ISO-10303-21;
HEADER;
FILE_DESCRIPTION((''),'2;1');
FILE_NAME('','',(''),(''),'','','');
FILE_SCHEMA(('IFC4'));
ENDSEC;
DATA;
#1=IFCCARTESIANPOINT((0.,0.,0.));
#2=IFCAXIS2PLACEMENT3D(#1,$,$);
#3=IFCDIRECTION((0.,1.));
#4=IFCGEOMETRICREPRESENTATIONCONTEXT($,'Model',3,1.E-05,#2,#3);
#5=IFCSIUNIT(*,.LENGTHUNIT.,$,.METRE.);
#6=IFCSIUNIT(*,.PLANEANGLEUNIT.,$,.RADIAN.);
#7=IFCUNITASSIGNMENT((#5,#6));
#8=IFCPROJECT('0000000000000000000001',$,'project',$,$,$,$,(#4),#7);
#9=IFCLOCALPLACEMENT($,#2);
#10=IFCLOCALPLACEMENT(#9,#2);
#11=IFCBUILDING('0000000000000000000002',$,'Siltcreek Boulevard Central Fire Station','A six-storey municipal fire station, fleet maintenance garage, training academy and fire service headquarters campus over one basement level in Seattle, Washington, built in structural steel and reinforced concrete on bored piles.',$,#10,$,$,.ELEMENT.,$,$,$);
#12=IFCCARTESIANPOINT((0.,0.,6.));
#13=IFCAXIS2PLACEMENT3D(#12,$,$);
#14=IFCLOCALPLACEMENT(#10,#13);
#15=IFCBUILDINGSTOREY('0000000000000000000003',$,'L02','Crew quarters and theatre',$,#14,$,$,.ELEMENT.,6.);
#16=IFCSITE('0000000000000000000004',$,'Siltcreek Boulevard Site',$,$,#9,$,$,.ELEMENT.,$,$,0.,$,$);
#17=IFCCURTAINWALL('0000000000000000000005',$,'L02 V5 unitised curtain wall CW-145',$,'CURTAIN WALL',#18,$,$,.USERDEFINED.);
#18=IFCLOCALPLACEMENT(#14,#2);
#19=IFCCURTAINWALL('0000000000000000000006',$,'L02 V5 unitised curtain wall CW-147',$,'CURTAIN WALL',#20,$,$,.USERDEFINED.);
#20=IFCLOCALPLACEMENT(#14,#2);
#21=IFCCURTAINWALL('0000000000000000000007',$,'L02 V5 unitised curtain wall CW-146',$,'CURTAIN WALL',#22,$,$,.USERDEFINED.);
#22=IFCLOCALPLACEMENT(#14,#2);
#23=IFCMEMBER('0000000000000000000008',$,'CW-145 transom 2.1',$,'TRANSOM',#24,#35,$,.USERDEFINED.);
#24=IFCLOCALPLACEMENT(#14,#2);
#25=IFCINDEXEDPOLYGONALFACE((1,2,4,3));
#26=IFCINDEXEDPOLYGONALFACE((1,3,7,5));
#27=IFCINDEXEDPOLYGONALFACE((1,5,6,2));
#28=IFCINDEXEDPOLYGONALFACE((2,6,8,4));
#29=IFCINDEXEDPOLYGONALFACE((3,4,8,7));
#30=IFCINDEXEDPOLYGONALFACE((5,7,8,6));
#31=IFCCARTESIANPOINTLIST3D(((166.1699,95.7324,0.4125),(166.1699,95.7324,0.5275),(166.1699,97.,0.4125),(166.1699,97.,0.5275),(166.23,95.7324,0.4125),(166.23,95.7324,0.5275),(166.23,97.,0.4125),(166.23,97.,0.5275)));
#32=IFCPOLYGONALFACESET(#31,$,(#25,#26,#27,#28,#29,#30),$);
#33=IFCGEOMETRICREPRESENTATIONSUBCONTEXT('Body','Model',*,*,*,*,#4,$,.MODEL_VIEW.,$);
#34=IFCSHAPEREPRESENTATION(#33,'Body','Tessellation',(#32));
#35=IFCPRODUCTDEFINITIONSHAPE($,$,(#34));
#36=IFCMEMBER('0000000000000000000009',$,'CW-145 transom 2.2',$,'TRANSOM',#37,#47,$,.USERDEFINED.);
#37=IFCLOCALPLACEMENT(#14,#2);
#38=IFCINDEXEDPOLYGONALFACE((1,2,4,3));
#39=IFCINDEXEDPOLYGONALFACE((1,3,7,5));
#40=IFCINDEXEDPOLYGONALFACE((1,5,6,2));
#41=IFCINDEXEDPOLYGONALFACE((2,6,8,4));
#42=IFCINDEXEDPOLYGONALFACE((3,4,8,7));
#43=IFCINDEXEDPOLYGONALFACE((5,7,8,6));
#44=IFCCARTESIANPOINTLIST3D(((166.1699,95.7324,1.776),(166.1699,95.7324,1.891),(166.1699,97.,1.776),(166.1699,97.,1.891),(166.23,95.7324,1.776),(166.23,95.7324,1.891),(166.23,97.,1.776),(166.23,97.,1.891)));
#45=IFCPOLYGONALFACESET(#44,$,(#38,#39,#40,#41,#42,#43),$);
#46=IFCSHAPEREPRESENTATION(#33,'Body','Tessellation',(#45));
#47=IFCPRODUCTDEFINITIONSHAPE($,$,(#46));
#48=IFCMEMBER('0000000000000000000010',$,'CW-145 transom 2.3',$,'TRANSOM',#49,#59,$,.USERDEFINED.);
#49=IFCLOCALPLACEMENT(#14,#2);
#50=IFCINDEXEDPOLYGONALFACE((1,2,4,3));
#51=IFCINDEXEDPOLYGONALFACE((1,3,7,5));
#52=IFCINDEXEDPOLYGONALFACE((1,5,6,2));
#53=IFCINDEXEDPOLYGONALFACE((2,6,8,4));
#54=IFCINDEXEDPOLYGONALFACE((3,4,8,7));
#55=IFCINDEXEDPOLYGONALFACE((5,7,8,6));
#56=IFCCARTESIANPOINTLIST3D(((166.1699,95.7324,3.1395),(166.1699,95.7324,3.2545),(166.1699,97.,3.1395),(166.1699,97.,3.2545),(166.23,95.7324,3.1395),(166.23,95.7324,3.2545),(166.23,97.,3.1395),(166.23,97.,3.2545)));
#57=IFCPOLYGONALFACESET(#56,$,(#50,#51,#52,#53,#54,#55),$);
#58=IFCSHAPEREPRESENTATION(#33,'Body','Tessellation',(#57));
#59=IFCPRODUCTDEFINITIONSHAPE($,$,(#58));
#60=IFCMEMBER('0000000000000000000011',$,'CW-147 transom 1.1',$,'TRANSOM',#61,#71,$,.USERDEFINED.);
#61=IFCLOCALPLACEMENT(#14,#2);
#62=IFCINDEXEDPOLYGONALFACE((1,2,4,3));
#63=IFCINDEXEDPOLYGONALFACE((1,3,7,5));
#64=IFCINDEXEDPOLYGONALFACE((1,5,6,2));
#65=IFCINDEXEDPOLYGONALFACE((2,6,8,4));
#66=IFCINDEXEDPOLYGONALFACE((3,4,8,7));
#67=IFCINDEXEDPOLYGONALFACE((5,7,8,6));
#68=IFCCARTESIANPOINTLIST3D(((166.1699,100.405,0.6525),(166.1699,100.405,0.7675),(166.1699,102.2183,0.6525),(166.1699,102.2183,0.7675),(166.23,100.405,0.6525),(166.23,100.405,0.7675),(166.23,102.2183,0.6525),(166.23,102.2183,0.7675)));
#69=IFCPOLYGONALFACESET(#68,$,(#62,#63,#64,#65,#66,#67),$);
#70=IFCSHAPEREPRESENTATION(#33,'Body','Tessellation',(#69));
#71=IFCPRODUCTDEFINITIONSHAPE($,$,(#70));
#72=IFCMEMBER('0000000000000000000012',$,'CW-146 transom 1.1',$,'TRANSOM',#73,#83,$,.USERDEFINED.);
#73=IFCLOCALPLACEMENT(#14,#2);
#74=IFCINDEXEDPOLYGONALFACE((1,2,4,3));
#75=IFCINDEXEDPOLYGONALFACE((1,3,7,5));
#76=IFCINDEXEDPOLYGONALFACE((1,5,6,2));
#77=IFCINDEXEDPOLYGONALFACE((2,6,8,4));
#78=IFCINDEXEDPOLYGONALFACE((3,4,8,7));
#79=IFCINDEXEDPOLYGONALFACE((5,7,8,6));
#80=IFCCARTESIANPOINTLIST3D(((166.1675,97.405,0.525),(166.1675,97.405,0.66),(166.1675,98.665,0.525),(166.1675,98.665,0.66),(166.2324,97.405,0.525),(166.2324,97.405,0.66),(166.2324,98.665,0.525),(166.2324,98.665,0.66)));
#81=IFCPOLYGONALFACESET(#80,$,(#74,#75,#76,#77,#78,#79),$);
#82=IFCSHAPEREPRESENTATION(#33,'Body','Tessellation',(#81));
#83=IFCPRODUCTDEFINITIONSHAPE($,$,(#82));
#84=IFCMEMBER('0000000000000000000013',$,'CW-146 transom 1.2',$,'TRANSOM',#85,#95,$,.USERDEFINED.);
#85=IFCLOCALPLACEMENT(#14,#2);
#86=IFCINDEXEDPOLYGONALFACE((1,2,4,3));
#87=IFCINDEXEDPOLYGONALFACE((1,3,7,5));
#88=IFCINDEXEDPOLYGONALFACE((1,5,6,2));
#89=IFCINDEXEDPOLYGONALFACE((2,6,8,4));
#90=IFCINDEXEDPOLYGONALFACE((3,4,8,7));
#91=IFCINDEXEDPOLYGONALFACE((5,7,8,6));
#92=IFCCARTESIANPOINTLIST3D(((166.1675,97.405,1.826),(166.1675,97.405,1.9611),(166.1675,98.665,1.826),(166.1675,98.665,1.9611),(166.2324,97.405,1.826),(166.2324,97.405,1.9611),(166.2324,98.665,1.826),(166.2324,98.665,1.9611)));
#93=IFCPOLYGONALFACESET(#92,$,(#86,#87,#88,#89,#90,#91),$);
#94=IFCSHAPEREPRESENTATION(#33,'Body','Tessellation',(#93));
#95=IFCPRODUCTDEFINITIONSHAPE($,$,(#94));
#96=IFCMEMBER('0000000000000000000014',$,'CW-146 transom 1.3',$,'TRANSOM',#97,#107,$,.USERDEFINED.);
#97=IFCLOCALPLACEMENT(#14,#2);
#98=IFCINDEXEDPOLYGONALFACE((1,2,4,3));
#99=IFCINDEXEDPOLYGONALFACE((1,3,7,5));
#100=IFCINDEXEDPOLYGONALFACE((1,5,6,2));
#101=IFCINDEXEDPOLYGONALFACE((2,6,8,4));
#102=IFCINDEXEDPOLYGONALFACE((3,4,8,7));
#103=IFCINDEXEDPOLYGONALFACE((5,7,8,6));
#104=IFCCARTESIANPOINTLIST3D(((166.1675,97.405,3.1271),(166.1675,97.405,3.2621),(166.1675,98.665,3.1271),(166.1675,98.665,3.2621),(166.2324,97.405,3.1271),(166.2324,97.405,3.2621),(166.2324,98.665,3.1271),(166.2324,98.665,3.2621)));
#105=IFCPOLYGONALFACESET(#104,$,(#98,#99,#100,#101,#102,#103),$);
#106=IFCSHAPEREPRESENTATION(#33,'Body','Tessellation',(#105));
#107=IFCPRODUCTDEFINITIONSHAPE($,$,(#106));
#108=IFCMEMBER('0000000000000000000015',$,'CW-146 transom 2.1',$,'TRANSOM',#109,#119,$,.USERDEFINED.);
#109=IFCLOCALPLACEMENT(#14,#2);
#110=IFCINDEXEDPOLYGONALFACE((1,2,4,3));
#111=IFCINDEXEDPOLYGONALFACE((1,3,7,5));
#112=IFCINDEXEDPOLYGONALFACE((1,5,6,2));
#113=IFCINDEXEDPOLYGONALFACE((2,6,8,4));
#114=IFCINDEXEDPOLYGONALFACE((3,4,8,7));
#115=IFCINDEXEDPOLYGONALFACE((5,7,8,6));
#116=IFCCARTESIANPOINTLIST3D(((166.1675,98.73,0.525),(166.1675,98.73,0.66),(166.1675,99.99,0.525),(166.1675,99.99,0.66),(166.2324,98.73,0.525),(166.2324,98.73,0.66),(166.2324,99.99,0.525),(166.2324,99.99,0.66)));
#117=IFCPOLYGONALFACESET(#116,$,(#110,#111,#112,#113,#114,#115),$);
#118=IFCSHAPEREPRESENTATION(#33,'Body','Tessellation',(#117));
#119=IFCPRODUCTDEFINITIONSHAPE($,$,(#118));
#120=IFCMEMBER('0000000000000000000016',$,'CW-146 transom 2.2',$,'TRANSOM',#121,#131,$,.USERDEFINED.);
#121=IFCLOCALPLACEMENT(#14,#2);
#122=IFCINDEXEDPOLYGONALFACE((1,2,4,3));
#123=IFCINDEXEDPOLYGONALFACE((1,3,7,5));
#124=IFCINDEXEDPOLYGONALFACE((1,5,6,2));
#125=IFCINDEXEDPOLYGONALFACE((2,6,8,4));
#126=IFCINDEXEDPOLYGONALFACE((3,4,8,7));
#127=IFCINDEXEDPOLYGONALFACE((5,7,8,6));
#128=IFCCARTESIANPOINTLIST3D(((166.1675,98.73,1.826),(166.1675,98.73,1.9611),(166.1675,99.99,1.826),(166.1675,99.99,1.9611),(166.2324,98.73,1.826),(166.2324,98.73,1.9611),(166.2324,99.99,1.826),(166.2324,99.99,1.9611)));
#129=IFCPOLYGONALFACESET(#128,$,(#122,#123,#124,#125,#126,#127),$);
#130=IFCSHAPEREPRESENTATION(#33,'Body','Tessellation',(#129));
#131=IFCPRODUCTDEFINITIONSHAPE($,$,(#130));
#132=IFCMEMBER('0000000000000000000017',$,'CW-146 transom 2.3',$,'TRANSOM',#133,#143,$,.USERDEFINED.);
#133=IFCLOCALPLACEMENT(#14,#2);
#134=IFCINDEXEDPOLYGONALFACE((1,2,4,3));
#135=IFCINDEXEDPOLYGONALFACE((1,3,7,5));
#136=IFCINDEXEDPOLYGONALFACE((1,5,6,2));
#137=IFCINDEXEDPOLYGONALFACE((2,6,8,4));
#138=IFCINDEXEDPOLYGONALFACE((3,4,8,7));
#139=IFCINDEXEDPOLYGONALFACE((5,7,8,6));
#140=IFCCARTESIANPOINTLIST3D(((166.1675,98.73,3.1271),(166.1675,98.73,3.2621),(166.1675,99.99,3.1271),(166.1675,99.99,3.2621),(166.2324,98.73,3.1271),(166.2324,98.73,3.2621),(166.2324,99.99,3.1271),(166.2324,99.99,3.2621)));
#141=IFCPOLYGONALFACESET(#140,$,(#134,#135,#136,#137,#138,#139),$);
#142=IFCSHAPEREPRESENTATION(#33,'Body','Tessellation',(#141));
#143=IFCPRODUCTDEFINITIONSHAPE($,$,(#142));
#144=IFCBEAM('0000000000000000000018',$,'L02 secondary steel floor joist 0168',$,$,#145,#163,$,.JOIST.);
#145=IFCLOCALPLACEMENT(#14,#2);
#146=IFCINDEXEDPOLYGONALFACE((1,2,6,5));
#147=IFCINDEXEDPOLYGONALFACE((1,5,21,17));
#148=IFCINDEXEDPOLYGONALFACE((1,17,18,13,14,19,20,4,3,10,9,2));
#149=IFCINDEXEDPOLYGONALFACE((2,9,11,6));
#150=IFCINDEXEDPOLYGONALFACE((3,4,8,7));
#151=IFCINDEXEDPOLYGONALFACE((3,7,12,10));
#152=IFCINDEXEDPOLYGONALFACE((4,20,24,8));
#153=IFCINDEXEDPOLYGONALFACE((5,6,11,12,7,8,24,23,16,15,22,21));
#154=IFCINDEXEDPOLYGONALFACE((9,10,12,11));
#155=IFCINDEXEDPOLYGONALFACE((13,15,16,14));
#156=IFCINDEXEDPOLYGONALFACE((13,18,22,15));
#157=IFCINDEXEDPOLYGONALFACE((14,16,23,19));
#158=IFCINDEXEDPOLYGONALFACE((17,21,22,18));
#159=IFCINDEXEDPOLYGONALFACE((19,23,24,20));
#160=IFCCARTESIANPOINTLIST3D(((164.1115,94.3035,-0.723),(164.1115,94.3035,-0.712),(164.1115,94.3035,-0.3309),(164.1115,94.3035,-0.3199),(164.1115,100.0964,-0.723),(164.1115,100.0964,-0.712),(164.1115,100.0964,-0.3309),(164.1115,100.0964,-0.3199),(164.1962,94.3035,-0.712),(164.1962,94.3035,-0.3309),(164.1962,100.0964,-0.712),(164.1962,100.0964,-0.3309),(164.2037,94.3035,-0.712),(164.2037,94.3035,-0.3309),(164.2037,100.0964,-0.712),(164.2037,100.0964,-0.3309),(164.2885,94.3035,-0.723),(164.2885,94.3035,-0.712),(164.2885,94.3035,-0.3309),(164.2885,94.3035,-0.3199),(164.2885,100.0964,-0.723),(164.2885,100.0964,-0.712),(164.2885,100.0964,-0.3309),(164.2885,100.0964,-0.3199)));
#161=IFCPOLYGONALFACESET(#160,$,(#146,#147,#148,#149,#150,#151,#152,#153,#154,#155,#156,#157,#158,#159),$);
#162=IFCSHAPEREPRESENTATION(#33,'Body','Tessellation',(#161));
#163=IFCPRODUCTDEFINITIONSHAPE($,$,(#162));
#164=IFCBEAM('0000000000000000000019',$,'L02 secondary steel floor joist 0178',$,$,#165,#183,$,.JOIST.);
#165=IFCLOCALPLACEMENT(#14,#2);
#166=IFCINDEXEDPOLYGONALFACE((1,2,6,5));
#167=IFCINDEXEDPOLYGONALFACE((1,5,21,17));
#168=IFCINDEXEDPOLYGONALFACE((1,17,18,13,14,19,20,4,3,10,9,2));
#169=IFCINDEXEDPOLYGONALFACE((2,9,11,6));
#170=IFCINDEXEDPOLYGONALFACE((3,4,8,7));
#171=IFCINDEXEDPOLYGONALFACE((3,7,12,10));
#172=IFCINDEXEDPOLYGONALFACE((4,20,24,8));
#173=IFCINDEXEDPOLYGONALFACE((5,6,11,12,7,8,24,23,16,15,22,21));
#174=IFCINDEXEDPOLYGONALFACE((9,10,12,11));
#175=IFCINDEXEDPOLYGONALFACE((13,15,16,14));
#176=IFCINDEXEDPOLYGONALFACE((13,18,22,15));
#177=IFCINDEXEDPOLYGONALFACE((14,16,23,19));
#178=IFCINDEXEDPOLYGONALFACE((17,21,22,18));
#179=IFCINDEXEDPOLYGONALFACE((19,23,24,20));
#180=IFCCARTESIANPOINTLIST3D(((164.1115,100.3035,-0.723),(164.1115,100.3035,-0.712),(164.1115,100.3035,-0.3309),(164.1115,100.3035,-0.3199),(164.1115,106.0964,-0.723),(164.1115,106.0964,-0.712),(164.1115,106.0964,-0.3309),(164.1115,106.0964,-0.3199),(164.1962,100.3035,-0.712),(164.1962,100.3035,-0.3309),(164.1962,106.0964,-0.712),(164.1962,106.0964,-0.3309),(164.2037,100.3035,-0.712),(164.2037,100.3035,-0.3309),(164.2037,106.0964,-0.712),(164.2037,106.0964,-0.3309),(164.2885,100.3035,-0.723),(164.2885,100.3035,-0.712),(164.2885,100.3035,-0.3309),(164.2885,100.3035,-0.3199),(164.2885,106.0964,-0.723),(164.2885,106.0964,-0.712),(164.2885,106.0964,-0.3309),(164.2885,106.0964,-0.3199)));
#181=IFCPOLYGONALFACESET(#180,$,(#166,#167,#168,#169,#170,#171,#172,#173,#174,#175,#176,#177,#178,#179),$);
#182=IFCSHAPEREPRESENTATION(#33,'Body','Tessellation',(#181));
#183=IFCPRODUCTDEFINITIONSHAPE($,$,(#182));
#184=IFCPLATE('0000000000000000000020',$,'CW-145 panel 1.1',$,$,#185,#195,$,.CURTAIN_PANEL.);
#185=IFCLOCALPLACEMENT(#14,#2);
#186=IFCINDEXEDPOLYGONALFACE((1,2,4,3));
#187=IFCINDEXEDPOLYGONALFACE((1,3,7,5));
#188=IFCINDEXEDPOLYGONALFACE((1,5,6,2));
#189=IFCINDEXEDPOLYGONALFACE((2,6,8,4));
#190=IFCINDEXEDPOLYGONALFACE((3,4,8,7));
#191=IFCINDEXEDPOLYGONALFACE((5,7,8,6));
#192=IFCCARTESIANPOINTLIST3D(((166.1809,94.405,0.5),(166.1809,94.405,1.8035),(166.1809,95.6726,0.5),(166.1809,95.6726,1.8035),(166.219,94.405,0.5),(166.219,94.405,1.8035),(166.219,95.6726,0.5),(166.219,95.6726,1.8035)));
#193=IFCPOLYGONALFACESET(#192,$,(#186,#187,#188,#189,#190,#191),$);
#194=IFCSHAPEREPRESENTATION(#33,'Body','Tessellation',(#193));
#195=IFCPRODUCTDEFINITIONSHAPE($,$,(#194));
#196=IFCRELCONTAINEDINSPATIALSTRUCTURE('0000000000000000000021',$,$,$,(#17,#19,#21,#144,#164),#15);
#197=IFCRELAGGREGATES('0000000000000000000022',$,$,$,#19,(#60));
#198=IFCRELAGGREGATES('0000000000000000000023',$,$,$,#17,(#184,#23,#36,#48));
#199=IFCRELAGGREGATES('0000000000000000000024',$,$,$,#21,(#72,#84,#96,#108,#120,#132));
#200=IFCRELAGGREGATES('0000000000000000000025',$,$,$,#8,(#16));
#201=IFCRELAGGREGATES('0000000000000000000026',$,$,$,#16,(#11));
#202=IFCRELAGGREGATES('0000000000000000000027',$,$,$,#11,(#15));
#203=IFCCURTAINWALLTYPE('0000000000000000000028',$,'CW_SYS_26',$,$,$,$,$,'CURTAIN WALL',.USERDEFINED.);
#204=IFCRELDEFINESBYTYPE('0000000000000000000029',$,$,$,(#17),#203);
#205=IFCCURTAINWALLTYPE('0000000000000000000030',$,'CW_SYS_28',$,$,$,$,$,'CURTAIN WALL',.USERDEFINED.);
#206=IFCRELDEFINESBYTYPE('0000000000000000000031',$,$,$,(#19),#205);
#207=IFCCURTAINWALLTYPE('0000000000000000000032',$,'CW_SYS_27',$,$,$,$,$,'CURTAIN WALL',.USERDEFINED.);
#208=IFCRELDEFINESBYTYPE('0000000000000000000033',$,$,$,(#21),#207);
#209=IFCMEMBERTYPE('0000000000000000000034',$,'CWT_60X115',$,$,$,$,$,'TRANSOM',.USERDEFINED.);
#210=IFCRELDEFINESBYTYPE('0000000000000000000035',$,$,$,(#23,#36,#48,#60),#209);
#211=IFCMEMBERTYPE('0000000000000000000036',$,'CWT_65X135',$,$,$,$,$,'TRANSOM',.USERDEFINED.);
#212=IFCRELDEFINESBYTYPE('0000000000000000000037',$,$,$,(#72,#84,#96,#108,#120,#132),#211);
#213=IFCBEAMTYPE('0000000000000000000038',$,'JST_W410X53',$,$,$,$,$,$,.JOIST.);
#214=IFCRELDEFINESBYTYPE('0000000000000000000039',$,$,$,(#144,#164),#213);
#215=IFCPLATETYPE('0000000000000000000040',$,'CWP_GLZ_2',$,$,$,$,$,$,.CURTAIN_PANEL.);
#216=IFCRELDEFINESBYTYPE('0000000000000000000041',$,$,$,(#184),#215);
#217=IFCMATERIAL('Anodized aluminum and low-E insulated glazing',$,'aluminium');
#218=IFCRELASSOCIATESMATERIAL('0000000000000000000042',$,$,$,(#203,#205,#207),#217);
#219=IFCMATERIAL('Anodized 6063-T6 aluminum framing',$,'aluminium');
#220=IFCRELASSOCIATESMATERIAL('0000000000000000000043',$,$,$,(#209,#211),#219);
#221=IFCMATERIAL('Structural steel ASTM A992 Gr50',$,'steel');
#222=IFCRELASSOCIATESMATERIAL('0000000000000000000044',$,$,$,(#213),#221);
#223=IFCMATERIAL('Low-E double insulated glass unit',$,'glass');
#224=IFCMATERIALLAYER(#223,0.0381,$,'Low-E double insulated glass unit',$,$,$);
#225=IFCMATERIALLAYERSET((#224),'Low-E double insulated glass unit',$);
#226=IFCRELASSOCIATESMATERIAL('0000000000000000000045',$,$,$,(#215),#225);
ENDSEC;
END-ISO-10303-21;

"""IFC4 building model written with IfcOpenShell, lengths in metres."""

from ifc_helpers import new_model, si_unit, direction, frame, origin, origin_2d, place, context, subcontext, project, spatial, rectangle, i_section, extrude, material, layer, layer_set, material_profile, profile_set, type_object, element, aggregate, save


model = new_model("IFC4")

# Units and contexts
model_context = context("Model", 3, precision=1e-05, world=origin(), true_north=direction((0.0, 1.0)))
body_context = subcontext(model_context, "Body", "Model", "MODEL_VIEW")
ifc_project = project(units=[si_unit("LENGTHUNIT", "METRE"), si_unit("PLANEANGLEUNIT", "RADIAN")], contexts=[model_context])

# Site, building, storey
site_placement = place(None, origin())
site = spatial("IfcSite", under=ifc_project, at=site_placement, Name="Siltcreek Boulevard Site", CompositionType="ELEMENT", RefElevation=0.0)
building_placement = place(site_placement, origin())
building = spatial("IfcBuilding", under=site, at=building_placement, Name="Siltcreek Boulevard Central Fire Station", Description="A six-storey municipal fire station, fleet maintenance garage, training academy and fire service headquarters campus over one basement level in Seattle, Washington, built in structural steel and reinforced concrete on bored piles.", CompositionType="ELEMENT")
storey_placement = place(building_placement, frame((0.0, 0.0, 6.0)))
storey = spatial("IfcBuildingStorey", under=building, at=storey_placement, Name="L02", Description="Crew quarters and theatre", CompositionType="ELEMENT", Elevation=6.0)

# Shared definitions
ifc_material_1 = material(Name="Structural steel ASTM A992 Gr50", Category="steel")

# Curtain wall
ifc_material_2 = material(Name="Anodized aluminum and low-E insulated glazing", Category="aluminium")
curtain_wall_type_1 = type_object("IfcCurtainWallType", Name="CW_SYS_26", ElementType="CURTAIN WALL", PredefinedType="USERDEFINED", material=ifc_material_2)
curtain_wall_1_placement = place(storey_placement, origin())
curtain_wall_1 = element("IfcCurtainWall", 1, at=curtain_wall_1_placement, inside=storey, type_object=curtain_wall_type_1, Name="L02 V5 unitised curtain wall CW-145", ObjectType="CURTAIN WALL", PredefinedType="USERDEFINED")
ifc_material_3 = material(Name="Anodized 6063-T6 aluminum framing", Category="aluminium")

# Curtain wall
curtain_wall_type_2 = type_object("IfcCurtainWallType", Name="CW_SYS_28", ElementType="CURTAIN WALL", PredefinedType="USERDEFINED", material=ifc_material_2)
curtain_wall_2_placement = place(storey_placement, origin())
curtain_wall_2 = element("IfcCurtainWall", 2, at=curtain_wall_2_placement, inside=storey, type_object=curtain_wall_type_2, Name="L02 V5 unitised curtain wall CW-147", ObjectType="CURTAIN WALL", PredefinedType="USERDEFINED")

# Curtain wall
curtain_wall_type_3 = type_object("IfcCurtainWallType", Name="CW_SYS_27", ElementType="CURTAIN WALL", PredefinedType="USERDEFINED", material=ifc_material_2)
curtain_wall_3_placement = place(storey_placement, origin())
curtain_wall_3 = element("IfcCurtainWall", 3, at=curtain_wall_3_placement, inside=storey, type_object=curtain_wall_type_3, Name="L02 V5 unitised curtain wall CW-146", ObjectType="CURTAIN WALL", PredefinedType="USERDEFINED")

# Members
ifc_material_profile_1 = material_profile(ifc_material_3, rectangle(XDim=0.0601, YDim=0.115, at=origin_2d()), Name="TRAN60X115")
ifc_profile_set_1 = profile_set([ifc_material_profile_1], Name="Anodized 6063-T6 aluminum framing")
member_type_1 = type_object("IfcMemberType", Name="CWT_60X115", ElementType="TRANSOM", PredefinedType="USERDEFINED", material=ifc_profile_set_1)
member_1_placement = place(storey_placement, frame((166.2, 95.7324, 0.47), z_axis=(0.0, 1.0, 0.0), x_axis=(-1.0, 0.0, 0.0)))
member_1 = element("IfcMember", 4, at=member_1_placement, type_object=member_type_1, Name="CW-145 transom 2.1", ObjectType="TRANSOM", PredefinedType="USERDEFINED", context=body_context, shape_type="SweptSolid", body=[
    extrude(rectangle(XDim=0.0601, YDim=0.115, at=origin_2d()), origin(), (0.0, 0.0, 1.0), 1.2676),
])
member_2_placement = place(storey_placement, frame((166.2, 95.7324, 1.8335), z_axis=(0.0, 1.0, 0.0), x_axis=(-1.0, 0.0, 0.0)))
member_2 = element("IfcMember", 5, at=member_2_placement, type_object=member_type_1, Name="CW-145 transom 2.2", ObjectType="TRANSOM", PredefinedType="USERDEFINED", context=body_context, shape_type="SweptSolid", body=[
    extrude(rectangle(XDim=0.0601, YDim=0.115, at=origin_2d()), origin(), (0.0, 0.0, 1.0), 1.2676),
])
member_3_placement = place(storey_placement, frame((166.2, 95.7324, 3.197), z_axis=(0.0, 1.0, 0.0), x_axis=(-1.0, 0.0, 0.0)))
member_3 = element("IfcMember", 6, at=member_3_placement, type_object=member_type_1, Name="CW-145 transom 2.3", ObjectType="TRANSOM", PredefinedType="USERDEFINED", context=body_context, shape_type="SweptSolid", body=[
    extrude(rectangle(XDim=0.0601, YDim=0.115, at=origin_2d()), origin(), (0.0, 0.0, 1.0), 1.2676),
])
member_4_placement = place(storey_placement, frame((166.2, 100.405, 0.71), z_axis=(0.0, 1.0, 0.0), x_axis=(-1.0, 0.0, 0.0)))
member_4 = element("IfcMember", 7, at=member_4_placement, type_object=member_type_1, Name="CW-147 transom 1.1", ObjectType="TRANSOM", PredefinedType="USERDEFINED", context=body_context, shape_type="SweptSolid", body=[
    extrude(rectangle(XDim=0.0601, YDim=0.115, at=origin_2d()), origin(), (0.0, 0.0, 1.0), 1.8132),
])
aggregate(curtain_wall_2, [member_4])
ifc_material_profile_2 = material_profile(ifc_material_3, rectangle(XDim=0.0649, YDim=0.135, at=origin_2d()), Name="TRAN65X135")
ifc_profile_set_2 = profile_set([ifc_material_profile_2], Name="Anodized 6063-T6 aluminum framing")
member_type_2 = type_object("IfcMemberType", Name="CWT_65X135", ElementType="TRANSOM", PredefinedType="USERDEFINED", material=ifc_profile_set_2)
member_5_placement = place(storey_placement, frame((166.2, 97.405, 0.5925), z_axis=(0.0, 1.0, 0.0), x_axis=(-1.0, 0.0, 0.0)))
member_5 = element("IfcMember", 8, at=member_5_placement, type_object=member_type_2, Name="CW-146 transom 1.1", ObjectType="TRANSOM", PredefinedType="USERDEFINED", context=body_context, shape_type="SweptSolid", body=[
    extrude(rectangle(XDim=0.0649, YDim=0.135, at=origin_2d()), origin(), (0.0, 0.0, 1.0), 1.26),
])
member_6_placement = place(storey_placement, frame((166.2, 97.405, 1.8936), z_axis=(0.0, 1.0, 0.0), x_axis=(-1.0, 0.0, 0.0)))
member_6 = element("IfcMember", 9, at=member_6_placement, type_object=member_type_2, Name="CW-146 transom 1.2", ObjectType="TRANSOM", PredefinedType="USERDEFINED", context=body_context, shape_type="SweptSolid", body=[
    extrude(rectangle(XDim=0.0649, YDim=0.135, at=origin_2d()), origin(), (0.0, 0.0, 1.0), 1.26),
])
member_7_placement = place(storey_placement, frame((166.2, 97.405, 3.1946), z_axis=(0.0, 1.0, 0.0), x_axis=(-1.0, 0.0, 0.0)))
member_7 = element("IfcMember", 10, at=member_7_placement, type_object=member_type_2, Name="CW-146 transom 1.3", ObjectType="TRANSOM", PredefinedType="USERDEFINED", context=body_context, shape_type="SweptSolid", body=[
    extrude(rectangle(XDim=0.0649, YDim=0.135, at=origin_2d()), origin(), (0.0, 0.0, 1.0), 1.26),
])
member_8_placement = place(storey_placement, frame((166.2, 98.73, 0.5925), z_axis=(0.0, 1.0, 0.0), x_axis=(-1.0, 0.0, 0.0)))
member_8 = element("IfcMember", 11, at=member_8_placement, type_object=member_type_2, Name="CW-146 transom 2.1", ObjectType="TRANSOM", PredefinedType="USERDEFINED", context=body_context, shape_type="SweptSolid", body=[
    extrude(rectangle(XDim=0.0649, YDim=0.135, at=origin_2d()), origin(), (0.0, 0.0, 1.0), 1.26),
])
member_9_placement = place(storey_placement, frame((166.2, 98.73, 1.8936), z_axis=(0.0, 1.0, 0.0), x_axis=(-1.0, 0.0, 0.0)))
member_9 = element("IfcMember", 12, at=member_9_placement, type_object=member_type_2, Name="CW-146 transom 2.2", ObjectType="TRANSOM", PredefinedType="USERDEFINED", context=body_context, shape_type="SweptSolid", body=[
    extrude(rectangle(XDim=0.0649, YDim=0.135, at=origin_2d()), origin(), (0.0, 0.0, 1.0), 1.26),
])
member_10_placement = place(storey_placement, frame((166.2, 98.73, 3.1946), z_axis=(0.0, 1.0, 0.0), x_axis=(-1.0, 0.0, 0.0)))
member_10 = element("IfcMember", 13, at=member_10_placement, type_object=member_type_2, Name="CW-146 transom 2.3", ObjectType="TRANSOM", PredefinedType="USERDEFINED", context=body_context, shape_type="SweptSolid", body=[
    extrude(rectangle(XDim=0.0649, YDim=0.135, at=origin_2d()), origin(), (0.0, 0.0, 1.0), 1.26),
])

# Beams
ifc_material_profile_3 = material_profile(ifc_material_1, i_section(OverallWidth=0.177, OverallDepth=0.4031, WebThickness=0.0076, FlangeThickness=0.011, at=origin_2d()), Name="W410X53")
ifc_profile_set_3 = profile_set([ifc_material_profile_3], Name="Structural steel ASTM A992 Gr50")
beam_type_1 = type_object("IfcBeamType", Name="JST_W410X53", PredefinedType="JOIST", material=ifc_profile_set_3)
for number, where, z_axis, x_axis, name in (
    (14, (164.2, 94.3035, -0.5215), (0.0, 1.0, 0.0), (-1.0, 0.0, 0.0), "L02 secondary steel floor joist 0168"),
    (15, (164.2, 100.3035, -0.5215), (0.0, 1.0, 0.0), (-1.0, 0.0, 0.0), "L02 secondary steel floor joist 0178"),
):
    element("IfcBeam", number, at=place(storey_placement, frame(where, z_axis=z_axis, x_axis=x_axis)), inside=storey, type_object=beam_type_1, Name=name, PredefinedType="JOIST", context=body_context, shape_type="SweptSolid", body=[
        extrude(i_section(OverallWidth=0.177, OverallDepth=0.4031, WebThickness=0.0076, FlangeThickness=0.011, at=origin_2d()), origin(), (0.0, 0.0, 1.0), 5.793),
    ])

# Plate
ifc_material_4 = material(Name="Low-E double insulated glass unit", Category="glass")
ifc_layer_1 = layer(ifc_material_4, 0.0381, Name="Low-E double insulated glass unit")
ifc_layer_set_1 = layer_set([ifc_layer_1], Name="Low-E double insulated glass unit")
plate_type_1 = type_object("IfcPlateType", Name="CWP_GLZ_2", PredefinedType="CURTAIN_PANEL", material=ifc_layer_set_1)
plate_1_placement = place(storey_placement, frame((166.2, 95.0388, 0.5), z_axis=(0.0, 0.0, 1.0), x_axis=(0.0, 1.0, 0.0)))
plate_1 = element("IfcPlate", 16, at=plate_1_placement, type_object=plate_type_1, Name="CW-145 panel 1.1", PredefinedType="CURTAIN_PANEL", context=body_context, shape_type="SweptSolid", body=[
    extrude(rectangle(XDim=1.2676, YDim=0.0381, at=origin_2d()), origin(), (0.0, 0.0, 1.0), 1.3035),
])
aggregate(curtain_wall_1, [plate_1, member_1, member_2, member_3])
aggregate(curtain_wall_3, [member_5, member_6, member_7, member_8, member_9, member_10])

save(model, "model.ifc")
